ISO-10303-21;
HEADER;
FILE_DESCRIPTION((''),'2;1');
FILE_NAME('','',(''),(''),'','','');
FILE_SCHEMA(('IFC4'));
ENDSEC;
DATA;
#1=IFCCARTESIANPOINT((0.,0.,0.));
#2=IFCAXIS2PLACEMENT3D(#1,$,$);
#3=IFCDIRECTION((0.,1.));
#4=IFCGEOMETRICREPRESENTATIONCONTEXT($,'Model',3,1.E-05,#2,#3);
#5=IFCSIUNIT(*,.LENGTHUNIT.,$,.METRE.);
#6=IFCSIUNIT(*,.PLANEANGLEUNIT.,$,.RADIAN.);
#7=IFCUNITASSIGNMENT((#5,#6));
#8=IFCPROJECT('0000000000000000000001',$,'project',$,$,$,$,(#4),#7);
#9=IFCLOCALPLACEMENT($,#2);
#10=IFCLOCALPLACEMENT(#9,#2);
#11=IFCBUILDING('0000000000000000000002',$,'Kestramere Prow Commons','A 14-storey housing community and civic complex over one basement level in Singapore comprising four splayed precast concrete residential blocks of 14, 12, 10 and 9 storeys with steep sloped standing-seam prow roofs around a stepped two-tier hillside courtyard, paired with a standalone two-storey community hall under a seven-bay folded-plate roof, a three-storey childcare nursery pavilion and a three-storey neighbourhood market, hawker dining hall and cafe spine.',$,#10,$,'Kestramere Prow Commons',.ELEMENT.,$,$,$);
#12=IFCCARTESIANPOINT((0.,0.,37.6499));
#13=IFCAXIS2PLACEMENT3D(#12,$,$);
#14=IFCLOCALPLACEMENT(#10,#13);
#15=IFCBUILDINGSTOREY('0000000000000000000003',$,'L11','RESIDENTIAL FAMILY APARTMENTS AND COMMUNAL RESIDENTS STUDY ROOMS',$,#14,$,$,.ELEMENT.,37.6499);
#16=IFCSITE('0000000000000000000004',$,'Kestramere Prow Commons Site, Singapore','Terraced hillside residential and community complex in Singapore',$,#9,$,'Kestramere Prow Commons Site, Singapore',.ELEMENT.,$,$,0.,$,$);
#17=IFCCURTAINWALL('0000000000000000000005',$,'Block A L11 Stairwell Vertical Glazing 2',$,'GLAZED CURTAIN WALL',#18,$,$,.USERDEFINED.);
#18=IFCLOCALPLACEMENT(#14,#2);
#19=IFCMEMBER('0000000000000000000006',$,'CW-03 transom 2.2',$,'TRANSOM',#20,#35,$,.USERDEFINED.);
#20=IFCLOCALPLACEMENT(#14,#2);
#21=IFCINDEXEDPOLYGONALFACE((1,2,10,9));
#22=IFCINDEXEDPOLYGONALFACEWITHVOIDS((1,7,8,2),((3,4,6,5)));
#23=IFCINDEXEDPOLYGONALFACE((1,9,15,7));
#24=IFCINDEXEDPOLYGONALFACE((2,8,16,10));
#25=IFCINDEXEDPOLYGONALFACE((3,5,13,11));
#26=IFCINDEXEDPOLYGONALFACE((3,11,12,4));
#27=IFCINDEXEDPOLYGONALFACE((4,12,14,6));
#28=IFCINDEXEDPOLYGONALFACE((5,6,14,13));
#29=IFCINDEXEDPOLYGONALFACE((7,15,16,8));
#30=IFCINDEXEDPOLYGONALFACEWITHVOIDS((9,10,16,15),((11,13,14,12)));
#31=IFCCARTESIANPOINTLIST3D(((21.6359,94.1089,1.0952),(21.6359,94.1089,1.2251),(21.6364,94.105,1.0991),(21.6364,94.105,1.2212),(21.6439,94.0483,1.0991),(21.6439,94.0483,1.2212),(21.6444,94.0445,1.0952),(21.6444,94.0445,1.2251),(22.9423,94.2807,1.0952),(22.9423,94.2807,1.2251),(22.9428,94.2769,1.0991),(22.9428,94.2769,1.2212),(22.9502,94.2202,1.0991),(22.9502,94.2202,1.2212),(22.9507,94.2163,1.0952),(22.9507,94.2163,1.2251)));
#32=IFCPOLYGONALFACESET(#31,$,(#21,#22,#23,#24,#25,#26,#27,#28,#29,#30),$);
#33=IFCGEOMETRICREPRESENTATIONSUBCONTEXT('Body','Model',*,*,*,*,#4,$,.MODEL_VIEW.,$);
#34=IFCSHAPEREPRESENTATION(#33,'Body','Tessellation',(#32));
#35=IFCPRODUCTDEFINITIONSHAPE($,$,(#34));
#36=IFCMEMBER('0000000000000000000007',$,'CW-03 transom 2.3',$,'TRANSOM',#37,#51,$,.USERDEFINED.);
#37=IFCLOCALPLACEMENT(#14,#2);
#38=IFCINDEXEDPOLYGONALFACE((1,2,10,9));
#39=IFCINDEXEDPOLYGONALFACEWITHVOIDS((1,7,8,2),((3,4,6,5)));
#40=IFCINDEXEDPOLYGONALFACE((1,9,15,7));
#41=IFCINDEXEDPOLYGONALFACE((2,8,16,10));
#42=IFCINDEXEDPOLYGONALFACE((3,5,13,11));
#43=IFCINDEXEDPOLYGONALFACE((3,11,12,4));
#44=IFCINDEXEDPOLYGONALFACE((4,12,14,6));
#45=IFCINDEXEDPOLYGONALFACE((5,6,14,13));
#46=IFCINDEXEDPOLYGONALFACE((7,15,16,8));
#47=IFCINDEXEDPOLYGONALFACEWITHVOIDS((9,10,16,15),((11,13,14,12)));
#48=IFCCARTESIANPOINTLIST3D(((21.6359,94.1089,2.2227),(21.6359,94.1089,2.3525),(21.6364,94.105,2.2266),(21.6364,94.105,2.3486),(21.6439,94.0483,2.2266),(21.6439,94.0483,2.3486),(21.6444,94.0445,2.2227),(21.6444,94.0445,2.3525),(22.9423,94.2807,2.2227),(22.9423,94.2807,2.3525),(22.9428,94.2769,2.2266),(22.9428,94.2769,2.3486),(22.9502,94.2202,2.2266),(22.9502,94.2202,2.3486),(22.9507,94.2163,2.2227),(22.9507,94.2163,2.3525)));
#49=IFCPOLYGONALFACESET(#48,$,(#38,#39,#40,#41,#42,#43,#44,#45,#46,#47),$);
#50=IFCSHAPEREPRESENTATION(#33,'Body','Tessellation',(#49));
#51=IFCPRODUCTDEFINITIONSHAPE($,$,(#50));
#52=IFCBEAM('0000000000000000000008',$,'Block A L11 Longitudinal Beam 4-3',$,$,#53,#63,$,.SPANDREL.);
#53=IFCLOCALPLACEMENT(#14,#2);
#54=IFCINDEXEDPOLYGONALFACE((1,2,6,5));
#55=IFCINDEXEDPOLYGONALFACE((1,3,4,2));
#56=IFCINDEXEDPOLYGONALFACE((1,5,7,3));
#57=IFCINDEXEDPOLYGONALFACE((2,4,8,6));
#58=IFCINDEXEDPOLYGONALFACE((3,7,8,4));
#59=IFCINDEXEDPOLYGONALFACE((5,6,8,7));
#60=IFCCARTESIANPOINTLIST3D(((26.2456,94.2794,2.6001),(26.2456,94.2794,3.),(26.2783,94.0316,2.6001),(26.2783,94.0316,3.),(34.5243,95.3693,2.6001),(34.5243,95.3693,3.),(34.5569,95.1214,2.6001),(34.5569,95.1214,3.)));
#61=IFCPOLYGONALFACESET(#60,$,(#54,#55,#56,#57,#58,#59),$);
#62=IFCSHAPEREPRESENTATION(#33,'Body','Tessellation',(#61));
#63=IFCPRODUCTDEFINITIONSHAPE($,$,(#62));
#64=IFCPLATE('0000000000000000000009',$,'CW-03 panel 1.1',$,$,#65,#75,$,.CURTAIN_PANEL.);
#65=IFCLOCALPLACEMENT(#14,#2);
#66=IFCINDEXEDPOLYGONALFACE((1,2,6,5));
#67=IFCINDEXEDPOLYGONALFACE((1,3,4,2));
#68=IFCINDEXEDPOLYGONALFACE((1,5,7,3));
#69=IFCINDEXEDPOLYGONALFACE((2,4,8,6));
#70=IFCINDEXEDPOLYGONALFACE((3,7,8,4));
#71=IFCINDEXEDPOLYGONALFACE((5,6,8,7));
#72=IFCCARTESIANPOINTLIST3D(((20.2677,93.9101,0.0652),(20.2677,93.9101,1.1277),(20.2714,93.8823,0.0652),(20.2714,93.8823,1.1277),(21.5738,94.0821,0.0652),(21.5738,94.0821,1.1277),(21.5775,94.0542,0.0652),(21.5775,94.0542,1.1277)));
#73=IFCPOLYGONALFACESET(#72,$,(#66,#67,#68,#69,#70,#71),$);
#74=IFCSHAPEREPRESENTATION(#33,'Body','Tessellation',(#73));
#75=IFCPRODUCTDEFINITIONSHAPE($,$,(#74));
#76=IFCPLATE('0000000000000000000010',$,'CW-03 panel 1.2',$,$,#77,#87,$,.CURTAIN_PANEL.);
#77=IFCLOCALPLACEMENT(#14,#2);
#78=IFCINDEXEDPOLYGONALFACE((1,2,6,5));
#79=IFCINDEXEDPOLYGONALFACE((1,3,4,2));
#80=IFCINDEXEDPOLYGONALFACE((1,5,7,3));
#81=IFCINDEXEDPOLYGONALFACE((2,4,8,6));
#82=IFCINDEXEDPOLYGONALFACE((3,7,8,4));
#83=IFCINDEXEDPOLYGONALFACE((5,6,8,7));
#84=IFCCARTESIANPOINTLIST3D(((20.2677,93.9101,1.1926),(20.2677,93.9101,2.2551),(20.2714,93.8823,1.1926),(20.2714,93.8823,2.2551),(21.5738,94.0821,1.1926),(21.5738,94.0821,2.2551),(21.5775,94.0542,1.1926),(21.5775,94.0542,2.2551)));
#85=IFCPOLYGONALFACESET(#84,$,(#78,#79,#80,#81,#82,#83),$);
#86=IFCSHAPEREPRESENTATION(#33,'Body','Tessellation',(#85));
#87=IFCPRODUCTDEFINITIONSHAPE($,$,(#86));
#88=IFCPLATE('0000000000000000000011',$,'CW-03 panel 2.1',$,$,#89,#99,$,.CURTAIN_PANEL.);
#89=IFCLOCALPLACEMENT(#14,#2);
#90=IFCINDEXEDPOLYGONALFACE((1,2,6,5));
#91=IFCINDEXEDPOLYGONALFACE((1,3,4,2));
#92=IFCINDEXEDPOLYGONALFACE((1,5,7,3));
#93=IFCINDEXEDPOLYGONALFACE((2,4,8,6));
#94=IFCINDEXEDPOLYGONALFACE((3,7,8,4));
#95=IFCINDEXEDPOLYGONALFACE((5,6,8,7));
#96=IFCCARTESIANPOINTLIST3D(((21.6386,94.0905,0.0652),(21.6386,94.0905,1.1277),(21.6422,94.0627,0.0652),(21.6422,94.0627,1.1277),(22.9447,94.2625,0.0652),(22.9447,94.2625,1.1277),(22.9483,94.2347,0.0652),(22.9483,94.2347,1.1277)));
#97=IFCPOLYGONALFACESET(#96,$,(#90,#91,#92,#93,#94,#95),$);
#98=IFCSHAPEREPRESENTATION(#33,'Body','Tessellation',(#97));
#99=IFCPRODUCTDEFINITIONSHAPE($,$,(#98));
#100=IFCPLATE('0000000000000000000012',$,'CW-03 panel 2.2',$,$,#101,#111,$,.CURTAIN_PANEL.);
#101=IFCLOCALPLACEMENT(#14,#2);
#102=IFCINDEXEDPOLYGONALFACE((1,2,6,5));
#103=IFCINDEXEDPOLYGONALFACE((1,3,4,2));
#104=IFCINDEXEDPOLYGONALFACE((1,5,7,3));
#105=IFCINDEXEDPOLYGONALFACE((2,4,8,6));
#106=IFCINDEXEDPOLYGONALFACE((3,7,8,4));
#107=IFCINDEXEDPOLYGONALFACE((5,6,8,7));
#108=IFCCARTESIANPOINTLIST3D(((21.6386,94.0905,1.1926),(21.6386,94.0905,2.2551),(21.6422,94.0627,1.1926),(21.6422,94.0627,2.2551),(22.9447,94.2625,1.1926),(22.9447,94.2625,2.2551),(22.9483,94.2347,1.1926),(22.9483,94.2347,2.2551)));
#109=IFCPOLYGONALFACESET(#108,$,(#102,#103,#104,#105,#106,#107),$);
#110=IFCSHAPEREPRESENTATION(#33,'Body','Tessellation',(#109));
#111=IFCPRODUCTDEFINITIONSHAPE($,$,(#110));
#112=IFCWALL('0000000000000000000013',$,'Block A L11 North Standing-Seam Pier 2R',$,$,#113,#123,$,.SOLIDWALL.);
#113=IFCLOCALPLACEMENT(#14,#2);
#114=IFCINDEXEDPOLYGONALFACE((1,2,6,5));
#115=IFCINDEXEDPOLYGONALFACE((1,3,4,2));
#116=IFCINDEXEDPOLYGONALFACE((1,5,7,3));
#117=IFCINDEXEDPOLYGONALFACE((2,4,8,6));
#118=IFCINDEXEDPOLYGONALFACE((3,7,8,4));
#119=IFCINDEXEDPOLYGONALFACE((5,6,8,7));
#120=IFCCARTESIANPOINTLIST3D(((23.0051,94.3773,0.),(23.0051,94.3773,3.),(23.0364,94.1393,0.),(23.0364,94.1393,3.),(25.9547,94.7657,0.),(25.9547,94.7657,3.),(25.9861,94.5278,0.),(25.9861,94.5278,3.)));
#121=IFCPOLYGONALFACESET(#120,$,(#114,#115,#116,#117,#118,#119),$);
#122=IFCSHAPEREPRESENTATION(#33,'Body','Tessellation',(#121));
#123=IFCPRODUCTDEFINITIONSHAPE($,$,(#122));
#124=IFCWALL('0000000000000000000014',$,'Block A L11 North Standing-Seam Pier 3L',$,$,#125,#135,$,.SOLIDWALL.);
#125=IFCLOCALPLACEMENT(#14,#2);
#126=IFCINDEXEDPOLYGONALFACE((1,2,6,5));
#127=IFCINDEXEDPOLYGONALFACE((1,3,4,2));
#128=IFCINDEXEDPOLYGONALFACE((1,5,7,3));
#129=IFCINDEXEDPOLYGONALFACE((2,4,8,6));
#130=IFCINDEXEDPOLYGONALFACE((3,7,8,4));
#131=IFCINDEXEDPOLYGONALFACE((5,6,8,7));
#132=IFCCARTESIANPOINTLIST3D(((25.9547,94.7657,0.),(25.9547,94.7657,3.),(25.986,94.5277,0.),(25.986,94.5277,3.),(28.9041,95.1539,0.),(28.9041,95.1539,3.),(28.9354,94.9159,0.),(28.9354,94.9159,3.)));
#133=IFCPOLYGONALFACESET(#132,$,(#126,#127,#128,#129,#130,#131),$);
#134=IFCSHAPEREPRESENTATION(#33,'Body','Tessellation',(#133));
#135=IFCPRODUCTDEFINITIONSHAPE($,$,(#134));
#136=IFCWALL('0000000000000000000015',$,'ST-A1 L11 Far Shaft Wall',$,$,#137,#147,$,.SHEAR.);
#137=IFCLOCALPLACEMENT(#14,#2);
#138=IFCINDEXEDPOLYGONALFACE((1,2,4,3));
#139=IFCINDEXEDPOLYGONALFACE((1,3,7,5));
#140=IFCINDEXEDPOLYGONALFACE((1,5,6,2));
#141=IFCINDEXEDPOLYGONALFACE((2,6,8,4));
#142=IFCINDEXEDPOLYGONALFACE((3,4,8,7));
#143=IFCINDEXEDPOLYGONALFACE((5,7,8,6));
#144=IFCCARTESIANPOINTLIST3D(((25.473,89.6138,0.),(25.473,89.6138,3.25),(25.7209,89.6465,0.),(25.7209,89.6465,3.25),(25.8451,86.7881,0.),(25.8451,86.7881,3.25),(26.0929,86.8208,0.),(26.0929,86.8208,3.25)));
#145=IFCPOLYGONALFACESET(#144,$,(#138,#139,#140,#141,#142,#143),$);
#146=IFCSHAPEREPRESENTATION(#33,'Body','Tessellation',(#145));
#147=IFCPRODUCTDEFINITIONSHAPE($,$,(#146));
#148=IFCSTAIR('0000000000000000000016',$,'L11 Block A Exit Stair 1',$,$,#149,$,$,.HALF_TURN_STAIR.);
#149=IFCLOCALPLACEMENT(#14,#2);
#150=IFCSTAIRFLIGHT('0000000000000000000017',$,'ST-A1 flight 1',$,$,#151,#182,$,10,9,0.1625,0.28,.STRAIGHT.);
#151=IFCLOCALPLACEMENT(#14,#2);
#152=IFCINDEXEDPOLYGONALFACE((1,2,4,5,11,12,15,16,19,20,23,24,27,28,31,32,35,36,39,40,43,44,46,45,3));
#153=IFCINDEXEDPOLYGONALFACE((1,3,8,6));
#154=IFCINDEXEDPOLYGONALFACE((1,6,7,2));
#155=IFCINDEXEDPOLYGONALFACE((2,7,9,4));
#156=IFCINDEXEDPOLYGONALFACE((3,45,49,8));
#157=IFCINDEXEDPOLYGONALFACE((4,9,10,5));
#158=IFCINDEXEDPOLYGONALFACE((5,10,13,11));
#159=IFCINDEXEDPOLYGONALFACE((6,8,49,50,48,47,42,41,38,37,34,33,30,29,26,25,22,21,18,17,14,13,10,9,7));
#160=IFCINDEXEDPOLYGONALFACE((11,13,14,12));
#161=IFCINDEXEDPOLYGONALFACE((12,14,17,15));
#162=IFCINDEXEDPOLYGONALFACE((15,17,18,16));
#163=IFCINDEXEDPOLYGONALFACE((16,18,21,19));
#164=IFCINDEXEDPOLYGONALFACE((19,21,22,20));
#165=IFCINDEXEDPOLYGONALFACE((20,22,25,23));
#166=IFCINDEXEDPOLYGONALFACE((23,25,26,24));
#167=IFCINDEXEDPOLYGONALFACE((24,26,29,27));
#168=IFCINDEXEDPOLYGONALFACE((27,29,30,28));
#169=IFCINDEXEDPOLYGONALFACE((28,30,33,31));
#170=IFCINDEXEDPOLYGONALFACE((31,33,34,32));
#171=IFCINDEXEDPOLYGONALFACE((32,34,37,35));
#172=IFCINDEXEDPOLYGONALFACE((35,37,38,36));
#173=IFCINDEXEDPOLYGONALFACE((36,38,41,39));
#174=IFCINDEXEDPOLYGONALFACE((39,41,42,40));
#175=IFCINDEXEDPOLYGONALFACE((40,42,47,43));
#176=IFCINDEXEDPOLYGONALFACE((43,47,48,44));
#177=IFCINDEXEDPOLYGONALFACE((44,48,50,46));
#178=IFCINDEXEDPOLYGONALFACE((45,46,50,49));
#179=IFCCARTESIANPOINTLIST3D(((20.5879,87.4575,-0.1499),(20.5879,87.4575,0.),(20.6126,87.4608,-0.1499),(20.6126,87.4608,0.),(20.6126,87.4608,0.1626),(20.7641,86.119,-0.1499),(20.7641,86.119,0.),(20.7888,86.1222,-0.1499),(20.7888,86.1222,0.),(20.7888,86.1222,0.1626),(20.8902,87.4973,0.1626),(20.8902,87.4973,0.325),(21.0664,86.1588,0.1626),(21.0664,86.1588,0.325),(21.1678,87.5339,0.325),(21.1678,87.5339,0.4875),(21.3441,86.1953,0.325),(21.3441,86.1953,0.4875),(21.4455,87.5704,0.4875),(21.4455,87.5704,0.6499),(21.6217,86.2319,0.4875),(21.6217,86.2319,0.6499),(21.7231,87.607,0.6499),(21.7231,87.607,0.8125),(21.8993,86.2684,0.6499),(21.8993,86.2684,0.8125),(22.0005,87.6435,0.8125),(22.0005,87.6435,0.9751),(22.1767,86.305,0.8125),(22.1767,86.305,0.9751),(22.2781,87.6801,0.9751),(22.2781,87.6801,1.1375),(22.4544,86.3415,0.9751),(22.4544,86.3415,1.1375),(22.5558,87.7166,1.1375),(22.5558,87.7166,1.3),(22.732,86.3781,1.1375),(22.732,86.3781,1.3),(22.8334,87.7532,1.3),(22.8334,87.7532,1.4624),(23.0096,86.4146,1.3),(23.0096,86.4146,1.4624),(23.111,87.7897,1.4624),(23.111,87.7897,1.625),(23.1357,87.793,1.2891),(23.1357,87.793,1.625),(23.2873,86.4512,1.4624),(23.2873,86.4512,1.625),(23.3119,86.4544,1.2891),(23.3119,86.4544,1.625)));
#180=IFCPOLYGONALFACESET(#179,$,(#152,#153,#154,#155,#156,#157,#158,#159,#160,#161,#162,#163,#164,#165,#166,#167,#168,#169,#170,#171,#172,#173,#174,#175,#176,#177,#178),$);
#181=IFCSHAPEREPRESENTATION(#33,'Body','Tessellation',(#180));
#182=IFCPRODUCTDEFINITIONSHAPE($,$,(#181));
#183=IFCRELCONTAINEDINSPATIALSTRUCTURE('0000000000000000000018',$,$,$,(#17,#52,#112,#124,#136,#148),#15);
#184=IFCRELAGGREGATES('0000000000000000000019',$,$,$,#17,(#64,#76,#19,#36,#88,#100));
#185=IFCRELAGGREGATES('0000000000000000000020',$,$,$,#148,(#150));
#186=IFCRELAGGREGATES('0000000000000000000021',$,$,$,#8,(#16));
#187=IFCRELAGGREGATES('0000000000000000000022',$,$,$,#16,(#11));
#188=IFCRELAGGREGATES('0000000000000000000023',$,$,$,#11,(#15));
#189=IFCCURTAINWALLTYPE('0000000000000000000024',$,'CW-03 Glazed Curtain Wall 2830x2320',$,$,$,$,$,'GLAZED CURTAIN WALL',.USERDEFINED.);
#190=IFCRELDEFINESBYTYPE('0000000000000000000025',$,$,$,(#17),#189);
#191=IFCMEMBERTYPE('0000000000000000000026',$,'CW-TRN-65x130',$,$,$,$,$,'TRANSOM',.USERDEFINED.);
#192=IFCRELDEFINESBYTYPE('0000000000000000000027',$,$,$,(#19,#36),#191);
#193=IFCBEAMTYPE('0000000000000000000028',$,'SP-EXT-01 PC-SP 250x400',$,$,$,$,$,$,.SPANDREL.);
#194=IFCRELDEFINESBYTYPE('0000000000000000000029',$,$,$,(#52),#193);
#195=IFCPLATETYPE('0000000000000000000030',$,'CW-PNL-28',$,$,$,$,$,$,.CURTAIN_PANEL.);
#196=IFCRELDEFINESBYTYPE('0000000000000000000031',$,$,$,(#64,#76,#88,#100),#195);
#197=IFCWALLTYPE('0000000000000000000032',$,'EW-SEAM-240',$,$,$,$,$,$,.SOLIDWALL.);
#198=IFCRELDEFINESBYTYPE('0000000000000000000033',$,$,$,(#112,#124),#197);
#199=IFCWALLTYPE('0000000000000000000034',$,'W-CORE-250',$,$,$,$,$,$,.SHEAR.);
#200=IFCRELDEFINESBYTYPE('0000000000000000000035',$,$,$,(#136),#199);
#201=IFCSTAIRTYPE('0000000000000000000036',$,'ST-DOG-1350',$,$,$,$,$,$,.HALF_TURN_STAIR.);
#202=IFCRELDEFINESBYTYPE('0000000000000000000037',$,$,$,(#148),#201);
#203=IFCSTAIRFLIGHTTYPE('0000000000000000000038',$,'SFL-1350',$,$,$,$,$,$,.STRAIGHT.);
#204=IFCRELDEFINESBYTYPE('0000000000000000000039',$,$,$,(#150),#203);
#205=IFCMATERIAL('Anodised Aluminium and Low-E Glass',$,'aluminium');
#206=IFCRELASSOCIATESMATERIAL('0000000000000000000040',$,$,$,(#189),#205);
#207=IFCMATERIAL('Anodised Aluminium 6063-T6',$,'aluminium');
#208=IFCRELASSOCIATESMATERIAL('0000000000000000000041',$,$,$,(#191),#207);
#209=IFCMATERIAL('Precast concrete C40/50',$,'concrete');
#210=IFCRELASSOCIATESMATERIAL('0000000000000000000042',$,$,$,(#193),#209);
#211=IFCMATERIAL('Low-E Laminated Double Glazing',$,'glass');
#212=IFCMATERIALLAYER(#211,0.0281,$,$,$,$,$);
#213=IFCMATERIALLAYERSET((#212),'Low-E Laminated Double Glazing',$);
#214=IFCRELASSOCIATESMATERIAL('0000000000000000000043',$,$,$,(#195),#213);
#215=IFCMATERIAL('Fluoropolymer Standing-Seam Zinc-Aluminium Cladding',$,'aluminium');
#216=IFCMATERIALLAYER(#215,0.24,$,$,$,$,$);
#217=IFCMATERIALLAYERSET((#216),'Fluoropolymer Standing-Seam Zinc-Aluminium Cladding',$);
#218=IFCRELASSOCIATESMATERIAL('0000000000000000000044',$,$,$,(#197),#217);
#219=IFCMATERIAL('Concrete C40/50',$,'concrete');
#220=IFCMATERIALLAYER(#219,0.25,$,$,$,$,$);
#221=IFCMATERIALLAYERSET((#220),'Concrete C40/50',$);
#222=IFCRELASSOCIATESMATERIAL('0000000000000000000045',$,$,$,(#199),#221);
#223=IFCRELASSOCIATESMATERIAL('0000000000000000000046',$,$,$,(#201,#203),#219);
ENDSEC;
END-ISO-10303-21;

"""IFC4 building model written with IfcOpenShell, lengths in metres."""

from ifc_helpers import new_model, si_unit, direction, frame, frame_2d, origin, origin_2d, place, context, subcontext, project, spatial, polyline, rectangle, hollow_rectangle, outline, extrude, material, layer, layer_set, material_profile, profile_set, type_object, element, aggregate, save


model = new_model("IFC4")

# Units and contexts
model_context = context("Model", 3, precision=1e-05, world=origin(), true_north=direction((0.0, 1.0)))
body_context = subcontext(model_context, "Body", "Model", "MODEL_VIEW")
ifc_project = project(units=[si_unit("LENGTHUNIT", "METRE"), si_unit("PLANEANGLEUNIT", "RADIAN")], contexts=[model_context])

# Site, building, storey
site_placement = place(None, origin())
site = spatial("IfcSite", under=ifc_project, at=site_placement, Name="Kestramere Prow Commons Site, Singapore", Description="Terraced hillside residential and community complex in Singapore", LongName="Kestramere Prow Commons Site, Singapore", CompositionType="ELEMENT", RefElevation=0.0)
building_placement = place(site_placement, origin())
building = spatial("IfcBuilding", under=site, at=building_placement, Name="Kestramere Prow Commons", Description="A 14-storey housing community and civic complex over one basement level in Singapore comprising four splayed precast concrete residential blocks of 14, 12, 10 and 9 storeys with steep sloped standing-seam prow roofs around a stepped two-tier hillside courtyard, paired with a standalone two-storey community hall under a seven-bay folded-plate roof, a three-storey childcare nursery pavilion and a three-storey neighbourhood market, hawker dining hall and cafe spine.", LongName="Kestramere Prow Commons", CompositionType="ELEMENT")
storey_placement = place(building_placement, frame((0.0, 0.0, 37.6499)))
storey = spatial("IfcBuildingStorey", under=building, at=storey_placement, Name="L11", Description="RESIDENTIAL FAMILY APARTMENTS AND COMMUNAL RESIDENTS STUDY ROOMS", CompositionType="ELEMENT", Elevation=37.6499)

# Shared definitions
ifc_material_1 = material(Name="Precast concrete C40/50", Category="concrete")

# Shared definitions
ifc_material_2 = material(Name="Concrete C40/50", Category="concrete")

# Curtain wall, members
ifc_material_3 = material(Name="Anodised Aluminium and Low-E Glass", Category="aluminium")
curtain_wall_type = type_object("IfcCurtainWallType", Name="CW-03 Glazed Curtain Wall 2830x2320", ElementType="GLAZED CURTAIN WALL", PredefinedType="USERDEFINED", material=ifc_material_3)
curtain_wall_placement = place(storey_placement, origin())
curtain_wall = element("IfcCurtainWall", 1, at=curtain_wall_placement, inside=storey, type_object=curtain_wall_type, Name="Block A L11 Stairwell Vertical Glazing 2", ObjectType="GLAZED CURTAIN WALL", PredefinedType="USERDEFINED")
ifc_material_4 = material(Name="Anodised Aluminium 6063-T6", Category="aluminium")
ifc_material_profile_1 = material_profile(ifc_material_4, hollow_rectangle(XDim=0.0649, YDim=0.1299, WallThickness=0.0039, at=origin_2d()), Name="ALU-TRN 65x130")
ifc_profile_set_1 = profile_set([ifc_material_profile_1], Name="Anodised Aluminium 6063-T6")
member_type_1 = type_object("IfcMemberType", Name="CW-TRN-65x130", ElementType="TRANSOM", PredefinedType="USERDEFINED", material=ifc_profile_set_1)
member_1_placement = place(storey_placement, frame((21.6401, 94.0767, 1.1602), z_axis=(0.991456, 0.13044, 0.0), x_axis=(-0.13044, 0.991456, 0.0)))
member_1 = element("IfcMember", 2, at=member_1_placement, type_object=member_type_1, Name="CW-03 transom 2.2", ObjectType="TRANSOM", PredefinedType="USERDEFINED", context=body_context, shape_type="SweptSolid", body=[
    extrude(hollow_rectangle(XDim=0.0649, YDim=0.1299, WallThickness=0.0039, at=origin_2d()), origin(), (0.0, 0.0, 1.0), 1.3176),
])
member_2_placement = place(storey_placement, frame((21.6401, 94.0767, 2.2876), z_axis=(0.991456, 0.13044, 0.0), x_axis=(-0.13044, 0.991456, 0.0)))
member_2 = element("IfcMember", 3, at=member_2_placement, type_object=member_type_1, Name="CW-03 transom 2.3", ObjectType="TRANSOM", PredefinedType="USERDEFINED", context=body_context, shape_type="SweptSolid", body=[
    extrude(hollow_rectangle(XDim=0.0649, YDim=0.1299, WallThickness=0.0039, at=origin_2d()), origin(), (0.0, 0.0, 1.0), 1.3176),
])

# Beam
ifc_material_profile_2 = material_profile(ifc_material_1, rectangle(XDim=0.25, YDim=0.3999, at=origin_2d()), Name="PC-SP 250x400")
ifc_profile_set_2 = profile_set([ifc_material_profile_2], Name="Precast concrete C40/50")
beam_type_1 = type_object("IfcBeamType", Name="SP-EXT-01 PC-SP 250x400", PredefinedType="SPANDREL", material=ifc_profile_set_2)
beam_1_placement = place(storey_placement, frame((26.262, 94.1555, 2.8), z_axis=(0.991446, 0.13052, 0.0), x_axis=(-0.13052, 0.991446, 0.0)))
element("IfcBeam", 4, at=beam_1_placement, inside=storey, type_object=beam_type_1, Name="Block A L11 Longitudinal Beam 4-3", PredefinedType="SPANDREL", context=body_context, shape_type="SweptSolid", body=[
    extrude(rectangle(XDim=0.25, YDim=0.3999, at=origin_2d()), origin(), (0.0, 0.0, 1.0), 8.3501),
])

# Plates
ifc_material_5 = material(Name="Low-E Laminated Double Glazing", Category="glass")
ifc_layer_1 = layer(ifc_material_5, 0.0281)
ifc_layer_set_1 = layer_set([ifc_layer_1], Name="Low-E Laminated Double Glazing")
plate_type = type_object("IfcPlateType", Name="CW-PNL-28", PredefinedType="CURTAIN_PANEL", material=ifc_layer_set_1)
plate_1_placement = place(storey_placement, frame((20.9226, 93.9822, 0.0652), z_axis=(0.0, 0.0, 1.0), x_axis=(0.991445, 0.130526, 0.0)))
plate_1 = element("IfcPlate", 5, at=plate_1_placement, type_object=plate_type, Name="CW-03 panel 1.1", PredefinedType="CURTAIN_PANEL", context=body_context, shape_type="SweptSolid", body=[
    extrude(rectangle(XDim=1.3174, YDim=0.0281, at=origin_2d()), origin(), (0.0, 0.0, 1.0), 1.0625),
])
plate_2_placement = place(storey_placement, frame((20.9226, 93.9822, 1.1926), z_axis=(0.0, 0.0, 1.0), x_axis=(0.991445, 0.130526, 0.0)))
plate_2 = element("IfcPlate", 6, at=plate_2_placement, type_object=plate_type, Name="CW-03 panel 1.2", PredefinedType="CURTAIN_PANEL", context=body_context, shape_type="SweptSolid", body=[
    extrude(rectangle(XDim=1.3174, YDim=0.0281, at=origin_2d()), origin(), (0.0, 0.0, 1.0), 1.0625),
])
plate_3_placement = place(storey_placement, frame((22.2935, 94.1626, 0.0652), z_axis=(0.0, 0.0, 1.0), x_axis=(0.991445, 0.130526, 0.0)))
plate_3 = element("IfcPlate", 7, at=plate_3_placement, type_object=plate_type, Name="CW-03 panel 2.1", PredefinedType="CURTAIN_PANEL", context=body_context, shape_type="SweptSolid", body=[
    extrude(rectangle(XDim=1.3174, YDim=0.0281, at=origin_2d()), origin(), (0.0, 0.0, 1.0), 1.0625),
])
plate_4_placement = place(storey_placement, frame((22.2935, 94.1626, 1.1926), z_axis=(0.0, 0.0, 1.0), x_axis=(0.991445, 0.130526, 0.0)))
plate_4 = element("IfcPlate", 8, at=plate_4_placement, type_object=plate_type, Name="CW-03 panel 2.2", PredefinedType="CURTAIN_PANEL", context=body_context, shape_type="SweptSolid", body=[
    extrude(rectangle(XDim=1.3174, YDim=0.0281, at=origin_2d()), origin(), (0.0, 0.0, 1.0), 1.0625),
])
aggregate(curtain_wall, [plate_1, plate_2, member_1, member_2, plate_3, plate_4])

# Walls
ifc_material_6 = material(Name="Fluoropolymer Standing-Seam Zinc-Aluminium Cladding", Category="aluminium")
ifc_layer_2 = layer(ifc_material_6, 0.24)
ifc_layer_set_2 = layer_set([ifc_layer_2], Name="Fluoropolymer Standing-Seam Zinc-Aluminium Cladding")
wall_type_1 = type_object("IfcWallType", Name="EW-SEAM-240", PredefinedType="SOLIDWALL", material=ifc_layer_set_2)
wall_1_placement = place(storey_placement, frame((23.0208, 94.2583, 0.0), z_axis=(0.0, 0.0, 1.0), x_axis=(0.991441, 0.130556, 0.0)))
element("IfcWall", 9, at=wall_1_placement, inside=storey, type_object=wall_type_1, Name="Block A L11 North Standing-Seam Pier 2R", PredefinedType="SOLIDWALL", context=body_context, shape_type="SweptSolid", body=[
    extrude(rectangle(XDim=2.9751, YDim=0.24, at=frame_2d((1.4875, 0.0))), origin(), (0.0, 0.0, 1.0), 3.0),
])
wall_2_placement = place(storey_placement, frame((25.9705, 94.6467, 0.0), z_axis=(0.0, 0.0, 1.0), x_axis=(0.99145, 0.130486, 0.0)))
element("IfcWall", 10, at=wall_2_placement, inside=storey, type_object=wall_type_1, Name="Block A L11 North Standing-Seam Pier 3L", PredefinedType="SOLIDWALL", context=body_context, shape_type="SweptSolid", body=[
    extrude(rectangle(XDim=2.9749, YDim=0.24, at=frame_2d((1.4873, 0.0))), origin(), (0.0, 0.0, 1.0), 3.0),
])
ifc_layer_3 = layer(ifc_material_2, 0.25)
ifc_layer_set_3 = layer_set([ifc_layer_3], Name="Concrete C40/50")
wall_type_2 = type_object("IfcWallType", Name="W-CORE-250", PredefinedType="SHEAR", material=ifc_layer_set_3)
wall_3_placement = place(storey_placement, frame((25.969, 86.8044, 0.0), z_axis=(0.0, 0.0, 1.0), x_axis=(-0.130548, 0.991442, 0.0)))
element("IfcWall", 11, at=wall_3_placement, inside=storey, type_object=wall_type_2, Name="ST-A1 L11 Far Shaft Wall", PredefinedType="SHEAR", context=body_context, shape_type="SweptSolid", body=[
    extrude(rectangle(XDim=2.8501, YDim=0.25, at=frame_2d((1.425, 0.0))), origin(), (0.0, 0.0, 1.0), 3.25),
])

# Stair, stair flight
stair_type = type_object("IfcStairType", Name="ST-DOG-1350", PredefinedType="HALF_TURN_STAIR", material=ifc_material_2)
stair_placement = place(storey_placement, origin())
stair = element("IfcStair", 12, at=stair_placement, inside=storey, type_object=stair_type, Name="L11 Block A Exit Stair 1", PredefinedType="HALF_TURN_STAIR")
stair_flight_type = type_object("IfcStairFlightType", Name="SFL-1350", PredefinedType="STRAIGHT", material=ifc_material_2)
stair_flight_1_placement = place(storey_placement, frame((20.7007, 86.7915, 0.0), z_axis=(0.0, 0.0, 1.0), x_axis=(0.991445, 0.130526, 0.0)))
stair_flight_1 = element("IfcStairFlight", 13, at=stair_flight_1_placement, type_object=stair_flight_type, Name="ST-A1 flight 1", NumberOfRisers=10, NumberOfTreads=9, PredefinedType="STRAIGHT", RiserHeight=0.1625, TreadLength=0.28, context=body_context, shape_type="SweptSolid", body=[
    extrude(outline(polyline([(-0.0249, 0.0), (0.0, 0.0), (0.0, 0.1626), (0.28, 0.1626), (0.28, 0.325), (0.5601, 0.325), (0.5601, 0.4875), (0.8401, 0.4875), (0.8401, 0.6499), (1.1201, 0.6499), (1.1201, 0.8125), (1.3999, 0.8125), (1.3999, 0.9751), (1.6799, 0.9751), (1.6799, 1.1375), (1.96, 1.1375), (1.96, 1.3), (2.24, 1.3), (2.24, 1.4624), (2.52, 1.4624), (2.52, 1.625), (2.5449, 1.625), (2.5449, 1.2891), (0.0, -0.1499), (-0.0249, -0.1499), (-0.0249, 0.0)])), frame((0.0, 0.675, 0.0), z_axis=(0.0, -1.0, 0.0), x_axis=(1.0, 0.0, 0.0)), (0.0, 0.0, 1.0), 1.3501),
])
aggregate(stair, [stair_flight_1])

save(model, "model.ifc")
